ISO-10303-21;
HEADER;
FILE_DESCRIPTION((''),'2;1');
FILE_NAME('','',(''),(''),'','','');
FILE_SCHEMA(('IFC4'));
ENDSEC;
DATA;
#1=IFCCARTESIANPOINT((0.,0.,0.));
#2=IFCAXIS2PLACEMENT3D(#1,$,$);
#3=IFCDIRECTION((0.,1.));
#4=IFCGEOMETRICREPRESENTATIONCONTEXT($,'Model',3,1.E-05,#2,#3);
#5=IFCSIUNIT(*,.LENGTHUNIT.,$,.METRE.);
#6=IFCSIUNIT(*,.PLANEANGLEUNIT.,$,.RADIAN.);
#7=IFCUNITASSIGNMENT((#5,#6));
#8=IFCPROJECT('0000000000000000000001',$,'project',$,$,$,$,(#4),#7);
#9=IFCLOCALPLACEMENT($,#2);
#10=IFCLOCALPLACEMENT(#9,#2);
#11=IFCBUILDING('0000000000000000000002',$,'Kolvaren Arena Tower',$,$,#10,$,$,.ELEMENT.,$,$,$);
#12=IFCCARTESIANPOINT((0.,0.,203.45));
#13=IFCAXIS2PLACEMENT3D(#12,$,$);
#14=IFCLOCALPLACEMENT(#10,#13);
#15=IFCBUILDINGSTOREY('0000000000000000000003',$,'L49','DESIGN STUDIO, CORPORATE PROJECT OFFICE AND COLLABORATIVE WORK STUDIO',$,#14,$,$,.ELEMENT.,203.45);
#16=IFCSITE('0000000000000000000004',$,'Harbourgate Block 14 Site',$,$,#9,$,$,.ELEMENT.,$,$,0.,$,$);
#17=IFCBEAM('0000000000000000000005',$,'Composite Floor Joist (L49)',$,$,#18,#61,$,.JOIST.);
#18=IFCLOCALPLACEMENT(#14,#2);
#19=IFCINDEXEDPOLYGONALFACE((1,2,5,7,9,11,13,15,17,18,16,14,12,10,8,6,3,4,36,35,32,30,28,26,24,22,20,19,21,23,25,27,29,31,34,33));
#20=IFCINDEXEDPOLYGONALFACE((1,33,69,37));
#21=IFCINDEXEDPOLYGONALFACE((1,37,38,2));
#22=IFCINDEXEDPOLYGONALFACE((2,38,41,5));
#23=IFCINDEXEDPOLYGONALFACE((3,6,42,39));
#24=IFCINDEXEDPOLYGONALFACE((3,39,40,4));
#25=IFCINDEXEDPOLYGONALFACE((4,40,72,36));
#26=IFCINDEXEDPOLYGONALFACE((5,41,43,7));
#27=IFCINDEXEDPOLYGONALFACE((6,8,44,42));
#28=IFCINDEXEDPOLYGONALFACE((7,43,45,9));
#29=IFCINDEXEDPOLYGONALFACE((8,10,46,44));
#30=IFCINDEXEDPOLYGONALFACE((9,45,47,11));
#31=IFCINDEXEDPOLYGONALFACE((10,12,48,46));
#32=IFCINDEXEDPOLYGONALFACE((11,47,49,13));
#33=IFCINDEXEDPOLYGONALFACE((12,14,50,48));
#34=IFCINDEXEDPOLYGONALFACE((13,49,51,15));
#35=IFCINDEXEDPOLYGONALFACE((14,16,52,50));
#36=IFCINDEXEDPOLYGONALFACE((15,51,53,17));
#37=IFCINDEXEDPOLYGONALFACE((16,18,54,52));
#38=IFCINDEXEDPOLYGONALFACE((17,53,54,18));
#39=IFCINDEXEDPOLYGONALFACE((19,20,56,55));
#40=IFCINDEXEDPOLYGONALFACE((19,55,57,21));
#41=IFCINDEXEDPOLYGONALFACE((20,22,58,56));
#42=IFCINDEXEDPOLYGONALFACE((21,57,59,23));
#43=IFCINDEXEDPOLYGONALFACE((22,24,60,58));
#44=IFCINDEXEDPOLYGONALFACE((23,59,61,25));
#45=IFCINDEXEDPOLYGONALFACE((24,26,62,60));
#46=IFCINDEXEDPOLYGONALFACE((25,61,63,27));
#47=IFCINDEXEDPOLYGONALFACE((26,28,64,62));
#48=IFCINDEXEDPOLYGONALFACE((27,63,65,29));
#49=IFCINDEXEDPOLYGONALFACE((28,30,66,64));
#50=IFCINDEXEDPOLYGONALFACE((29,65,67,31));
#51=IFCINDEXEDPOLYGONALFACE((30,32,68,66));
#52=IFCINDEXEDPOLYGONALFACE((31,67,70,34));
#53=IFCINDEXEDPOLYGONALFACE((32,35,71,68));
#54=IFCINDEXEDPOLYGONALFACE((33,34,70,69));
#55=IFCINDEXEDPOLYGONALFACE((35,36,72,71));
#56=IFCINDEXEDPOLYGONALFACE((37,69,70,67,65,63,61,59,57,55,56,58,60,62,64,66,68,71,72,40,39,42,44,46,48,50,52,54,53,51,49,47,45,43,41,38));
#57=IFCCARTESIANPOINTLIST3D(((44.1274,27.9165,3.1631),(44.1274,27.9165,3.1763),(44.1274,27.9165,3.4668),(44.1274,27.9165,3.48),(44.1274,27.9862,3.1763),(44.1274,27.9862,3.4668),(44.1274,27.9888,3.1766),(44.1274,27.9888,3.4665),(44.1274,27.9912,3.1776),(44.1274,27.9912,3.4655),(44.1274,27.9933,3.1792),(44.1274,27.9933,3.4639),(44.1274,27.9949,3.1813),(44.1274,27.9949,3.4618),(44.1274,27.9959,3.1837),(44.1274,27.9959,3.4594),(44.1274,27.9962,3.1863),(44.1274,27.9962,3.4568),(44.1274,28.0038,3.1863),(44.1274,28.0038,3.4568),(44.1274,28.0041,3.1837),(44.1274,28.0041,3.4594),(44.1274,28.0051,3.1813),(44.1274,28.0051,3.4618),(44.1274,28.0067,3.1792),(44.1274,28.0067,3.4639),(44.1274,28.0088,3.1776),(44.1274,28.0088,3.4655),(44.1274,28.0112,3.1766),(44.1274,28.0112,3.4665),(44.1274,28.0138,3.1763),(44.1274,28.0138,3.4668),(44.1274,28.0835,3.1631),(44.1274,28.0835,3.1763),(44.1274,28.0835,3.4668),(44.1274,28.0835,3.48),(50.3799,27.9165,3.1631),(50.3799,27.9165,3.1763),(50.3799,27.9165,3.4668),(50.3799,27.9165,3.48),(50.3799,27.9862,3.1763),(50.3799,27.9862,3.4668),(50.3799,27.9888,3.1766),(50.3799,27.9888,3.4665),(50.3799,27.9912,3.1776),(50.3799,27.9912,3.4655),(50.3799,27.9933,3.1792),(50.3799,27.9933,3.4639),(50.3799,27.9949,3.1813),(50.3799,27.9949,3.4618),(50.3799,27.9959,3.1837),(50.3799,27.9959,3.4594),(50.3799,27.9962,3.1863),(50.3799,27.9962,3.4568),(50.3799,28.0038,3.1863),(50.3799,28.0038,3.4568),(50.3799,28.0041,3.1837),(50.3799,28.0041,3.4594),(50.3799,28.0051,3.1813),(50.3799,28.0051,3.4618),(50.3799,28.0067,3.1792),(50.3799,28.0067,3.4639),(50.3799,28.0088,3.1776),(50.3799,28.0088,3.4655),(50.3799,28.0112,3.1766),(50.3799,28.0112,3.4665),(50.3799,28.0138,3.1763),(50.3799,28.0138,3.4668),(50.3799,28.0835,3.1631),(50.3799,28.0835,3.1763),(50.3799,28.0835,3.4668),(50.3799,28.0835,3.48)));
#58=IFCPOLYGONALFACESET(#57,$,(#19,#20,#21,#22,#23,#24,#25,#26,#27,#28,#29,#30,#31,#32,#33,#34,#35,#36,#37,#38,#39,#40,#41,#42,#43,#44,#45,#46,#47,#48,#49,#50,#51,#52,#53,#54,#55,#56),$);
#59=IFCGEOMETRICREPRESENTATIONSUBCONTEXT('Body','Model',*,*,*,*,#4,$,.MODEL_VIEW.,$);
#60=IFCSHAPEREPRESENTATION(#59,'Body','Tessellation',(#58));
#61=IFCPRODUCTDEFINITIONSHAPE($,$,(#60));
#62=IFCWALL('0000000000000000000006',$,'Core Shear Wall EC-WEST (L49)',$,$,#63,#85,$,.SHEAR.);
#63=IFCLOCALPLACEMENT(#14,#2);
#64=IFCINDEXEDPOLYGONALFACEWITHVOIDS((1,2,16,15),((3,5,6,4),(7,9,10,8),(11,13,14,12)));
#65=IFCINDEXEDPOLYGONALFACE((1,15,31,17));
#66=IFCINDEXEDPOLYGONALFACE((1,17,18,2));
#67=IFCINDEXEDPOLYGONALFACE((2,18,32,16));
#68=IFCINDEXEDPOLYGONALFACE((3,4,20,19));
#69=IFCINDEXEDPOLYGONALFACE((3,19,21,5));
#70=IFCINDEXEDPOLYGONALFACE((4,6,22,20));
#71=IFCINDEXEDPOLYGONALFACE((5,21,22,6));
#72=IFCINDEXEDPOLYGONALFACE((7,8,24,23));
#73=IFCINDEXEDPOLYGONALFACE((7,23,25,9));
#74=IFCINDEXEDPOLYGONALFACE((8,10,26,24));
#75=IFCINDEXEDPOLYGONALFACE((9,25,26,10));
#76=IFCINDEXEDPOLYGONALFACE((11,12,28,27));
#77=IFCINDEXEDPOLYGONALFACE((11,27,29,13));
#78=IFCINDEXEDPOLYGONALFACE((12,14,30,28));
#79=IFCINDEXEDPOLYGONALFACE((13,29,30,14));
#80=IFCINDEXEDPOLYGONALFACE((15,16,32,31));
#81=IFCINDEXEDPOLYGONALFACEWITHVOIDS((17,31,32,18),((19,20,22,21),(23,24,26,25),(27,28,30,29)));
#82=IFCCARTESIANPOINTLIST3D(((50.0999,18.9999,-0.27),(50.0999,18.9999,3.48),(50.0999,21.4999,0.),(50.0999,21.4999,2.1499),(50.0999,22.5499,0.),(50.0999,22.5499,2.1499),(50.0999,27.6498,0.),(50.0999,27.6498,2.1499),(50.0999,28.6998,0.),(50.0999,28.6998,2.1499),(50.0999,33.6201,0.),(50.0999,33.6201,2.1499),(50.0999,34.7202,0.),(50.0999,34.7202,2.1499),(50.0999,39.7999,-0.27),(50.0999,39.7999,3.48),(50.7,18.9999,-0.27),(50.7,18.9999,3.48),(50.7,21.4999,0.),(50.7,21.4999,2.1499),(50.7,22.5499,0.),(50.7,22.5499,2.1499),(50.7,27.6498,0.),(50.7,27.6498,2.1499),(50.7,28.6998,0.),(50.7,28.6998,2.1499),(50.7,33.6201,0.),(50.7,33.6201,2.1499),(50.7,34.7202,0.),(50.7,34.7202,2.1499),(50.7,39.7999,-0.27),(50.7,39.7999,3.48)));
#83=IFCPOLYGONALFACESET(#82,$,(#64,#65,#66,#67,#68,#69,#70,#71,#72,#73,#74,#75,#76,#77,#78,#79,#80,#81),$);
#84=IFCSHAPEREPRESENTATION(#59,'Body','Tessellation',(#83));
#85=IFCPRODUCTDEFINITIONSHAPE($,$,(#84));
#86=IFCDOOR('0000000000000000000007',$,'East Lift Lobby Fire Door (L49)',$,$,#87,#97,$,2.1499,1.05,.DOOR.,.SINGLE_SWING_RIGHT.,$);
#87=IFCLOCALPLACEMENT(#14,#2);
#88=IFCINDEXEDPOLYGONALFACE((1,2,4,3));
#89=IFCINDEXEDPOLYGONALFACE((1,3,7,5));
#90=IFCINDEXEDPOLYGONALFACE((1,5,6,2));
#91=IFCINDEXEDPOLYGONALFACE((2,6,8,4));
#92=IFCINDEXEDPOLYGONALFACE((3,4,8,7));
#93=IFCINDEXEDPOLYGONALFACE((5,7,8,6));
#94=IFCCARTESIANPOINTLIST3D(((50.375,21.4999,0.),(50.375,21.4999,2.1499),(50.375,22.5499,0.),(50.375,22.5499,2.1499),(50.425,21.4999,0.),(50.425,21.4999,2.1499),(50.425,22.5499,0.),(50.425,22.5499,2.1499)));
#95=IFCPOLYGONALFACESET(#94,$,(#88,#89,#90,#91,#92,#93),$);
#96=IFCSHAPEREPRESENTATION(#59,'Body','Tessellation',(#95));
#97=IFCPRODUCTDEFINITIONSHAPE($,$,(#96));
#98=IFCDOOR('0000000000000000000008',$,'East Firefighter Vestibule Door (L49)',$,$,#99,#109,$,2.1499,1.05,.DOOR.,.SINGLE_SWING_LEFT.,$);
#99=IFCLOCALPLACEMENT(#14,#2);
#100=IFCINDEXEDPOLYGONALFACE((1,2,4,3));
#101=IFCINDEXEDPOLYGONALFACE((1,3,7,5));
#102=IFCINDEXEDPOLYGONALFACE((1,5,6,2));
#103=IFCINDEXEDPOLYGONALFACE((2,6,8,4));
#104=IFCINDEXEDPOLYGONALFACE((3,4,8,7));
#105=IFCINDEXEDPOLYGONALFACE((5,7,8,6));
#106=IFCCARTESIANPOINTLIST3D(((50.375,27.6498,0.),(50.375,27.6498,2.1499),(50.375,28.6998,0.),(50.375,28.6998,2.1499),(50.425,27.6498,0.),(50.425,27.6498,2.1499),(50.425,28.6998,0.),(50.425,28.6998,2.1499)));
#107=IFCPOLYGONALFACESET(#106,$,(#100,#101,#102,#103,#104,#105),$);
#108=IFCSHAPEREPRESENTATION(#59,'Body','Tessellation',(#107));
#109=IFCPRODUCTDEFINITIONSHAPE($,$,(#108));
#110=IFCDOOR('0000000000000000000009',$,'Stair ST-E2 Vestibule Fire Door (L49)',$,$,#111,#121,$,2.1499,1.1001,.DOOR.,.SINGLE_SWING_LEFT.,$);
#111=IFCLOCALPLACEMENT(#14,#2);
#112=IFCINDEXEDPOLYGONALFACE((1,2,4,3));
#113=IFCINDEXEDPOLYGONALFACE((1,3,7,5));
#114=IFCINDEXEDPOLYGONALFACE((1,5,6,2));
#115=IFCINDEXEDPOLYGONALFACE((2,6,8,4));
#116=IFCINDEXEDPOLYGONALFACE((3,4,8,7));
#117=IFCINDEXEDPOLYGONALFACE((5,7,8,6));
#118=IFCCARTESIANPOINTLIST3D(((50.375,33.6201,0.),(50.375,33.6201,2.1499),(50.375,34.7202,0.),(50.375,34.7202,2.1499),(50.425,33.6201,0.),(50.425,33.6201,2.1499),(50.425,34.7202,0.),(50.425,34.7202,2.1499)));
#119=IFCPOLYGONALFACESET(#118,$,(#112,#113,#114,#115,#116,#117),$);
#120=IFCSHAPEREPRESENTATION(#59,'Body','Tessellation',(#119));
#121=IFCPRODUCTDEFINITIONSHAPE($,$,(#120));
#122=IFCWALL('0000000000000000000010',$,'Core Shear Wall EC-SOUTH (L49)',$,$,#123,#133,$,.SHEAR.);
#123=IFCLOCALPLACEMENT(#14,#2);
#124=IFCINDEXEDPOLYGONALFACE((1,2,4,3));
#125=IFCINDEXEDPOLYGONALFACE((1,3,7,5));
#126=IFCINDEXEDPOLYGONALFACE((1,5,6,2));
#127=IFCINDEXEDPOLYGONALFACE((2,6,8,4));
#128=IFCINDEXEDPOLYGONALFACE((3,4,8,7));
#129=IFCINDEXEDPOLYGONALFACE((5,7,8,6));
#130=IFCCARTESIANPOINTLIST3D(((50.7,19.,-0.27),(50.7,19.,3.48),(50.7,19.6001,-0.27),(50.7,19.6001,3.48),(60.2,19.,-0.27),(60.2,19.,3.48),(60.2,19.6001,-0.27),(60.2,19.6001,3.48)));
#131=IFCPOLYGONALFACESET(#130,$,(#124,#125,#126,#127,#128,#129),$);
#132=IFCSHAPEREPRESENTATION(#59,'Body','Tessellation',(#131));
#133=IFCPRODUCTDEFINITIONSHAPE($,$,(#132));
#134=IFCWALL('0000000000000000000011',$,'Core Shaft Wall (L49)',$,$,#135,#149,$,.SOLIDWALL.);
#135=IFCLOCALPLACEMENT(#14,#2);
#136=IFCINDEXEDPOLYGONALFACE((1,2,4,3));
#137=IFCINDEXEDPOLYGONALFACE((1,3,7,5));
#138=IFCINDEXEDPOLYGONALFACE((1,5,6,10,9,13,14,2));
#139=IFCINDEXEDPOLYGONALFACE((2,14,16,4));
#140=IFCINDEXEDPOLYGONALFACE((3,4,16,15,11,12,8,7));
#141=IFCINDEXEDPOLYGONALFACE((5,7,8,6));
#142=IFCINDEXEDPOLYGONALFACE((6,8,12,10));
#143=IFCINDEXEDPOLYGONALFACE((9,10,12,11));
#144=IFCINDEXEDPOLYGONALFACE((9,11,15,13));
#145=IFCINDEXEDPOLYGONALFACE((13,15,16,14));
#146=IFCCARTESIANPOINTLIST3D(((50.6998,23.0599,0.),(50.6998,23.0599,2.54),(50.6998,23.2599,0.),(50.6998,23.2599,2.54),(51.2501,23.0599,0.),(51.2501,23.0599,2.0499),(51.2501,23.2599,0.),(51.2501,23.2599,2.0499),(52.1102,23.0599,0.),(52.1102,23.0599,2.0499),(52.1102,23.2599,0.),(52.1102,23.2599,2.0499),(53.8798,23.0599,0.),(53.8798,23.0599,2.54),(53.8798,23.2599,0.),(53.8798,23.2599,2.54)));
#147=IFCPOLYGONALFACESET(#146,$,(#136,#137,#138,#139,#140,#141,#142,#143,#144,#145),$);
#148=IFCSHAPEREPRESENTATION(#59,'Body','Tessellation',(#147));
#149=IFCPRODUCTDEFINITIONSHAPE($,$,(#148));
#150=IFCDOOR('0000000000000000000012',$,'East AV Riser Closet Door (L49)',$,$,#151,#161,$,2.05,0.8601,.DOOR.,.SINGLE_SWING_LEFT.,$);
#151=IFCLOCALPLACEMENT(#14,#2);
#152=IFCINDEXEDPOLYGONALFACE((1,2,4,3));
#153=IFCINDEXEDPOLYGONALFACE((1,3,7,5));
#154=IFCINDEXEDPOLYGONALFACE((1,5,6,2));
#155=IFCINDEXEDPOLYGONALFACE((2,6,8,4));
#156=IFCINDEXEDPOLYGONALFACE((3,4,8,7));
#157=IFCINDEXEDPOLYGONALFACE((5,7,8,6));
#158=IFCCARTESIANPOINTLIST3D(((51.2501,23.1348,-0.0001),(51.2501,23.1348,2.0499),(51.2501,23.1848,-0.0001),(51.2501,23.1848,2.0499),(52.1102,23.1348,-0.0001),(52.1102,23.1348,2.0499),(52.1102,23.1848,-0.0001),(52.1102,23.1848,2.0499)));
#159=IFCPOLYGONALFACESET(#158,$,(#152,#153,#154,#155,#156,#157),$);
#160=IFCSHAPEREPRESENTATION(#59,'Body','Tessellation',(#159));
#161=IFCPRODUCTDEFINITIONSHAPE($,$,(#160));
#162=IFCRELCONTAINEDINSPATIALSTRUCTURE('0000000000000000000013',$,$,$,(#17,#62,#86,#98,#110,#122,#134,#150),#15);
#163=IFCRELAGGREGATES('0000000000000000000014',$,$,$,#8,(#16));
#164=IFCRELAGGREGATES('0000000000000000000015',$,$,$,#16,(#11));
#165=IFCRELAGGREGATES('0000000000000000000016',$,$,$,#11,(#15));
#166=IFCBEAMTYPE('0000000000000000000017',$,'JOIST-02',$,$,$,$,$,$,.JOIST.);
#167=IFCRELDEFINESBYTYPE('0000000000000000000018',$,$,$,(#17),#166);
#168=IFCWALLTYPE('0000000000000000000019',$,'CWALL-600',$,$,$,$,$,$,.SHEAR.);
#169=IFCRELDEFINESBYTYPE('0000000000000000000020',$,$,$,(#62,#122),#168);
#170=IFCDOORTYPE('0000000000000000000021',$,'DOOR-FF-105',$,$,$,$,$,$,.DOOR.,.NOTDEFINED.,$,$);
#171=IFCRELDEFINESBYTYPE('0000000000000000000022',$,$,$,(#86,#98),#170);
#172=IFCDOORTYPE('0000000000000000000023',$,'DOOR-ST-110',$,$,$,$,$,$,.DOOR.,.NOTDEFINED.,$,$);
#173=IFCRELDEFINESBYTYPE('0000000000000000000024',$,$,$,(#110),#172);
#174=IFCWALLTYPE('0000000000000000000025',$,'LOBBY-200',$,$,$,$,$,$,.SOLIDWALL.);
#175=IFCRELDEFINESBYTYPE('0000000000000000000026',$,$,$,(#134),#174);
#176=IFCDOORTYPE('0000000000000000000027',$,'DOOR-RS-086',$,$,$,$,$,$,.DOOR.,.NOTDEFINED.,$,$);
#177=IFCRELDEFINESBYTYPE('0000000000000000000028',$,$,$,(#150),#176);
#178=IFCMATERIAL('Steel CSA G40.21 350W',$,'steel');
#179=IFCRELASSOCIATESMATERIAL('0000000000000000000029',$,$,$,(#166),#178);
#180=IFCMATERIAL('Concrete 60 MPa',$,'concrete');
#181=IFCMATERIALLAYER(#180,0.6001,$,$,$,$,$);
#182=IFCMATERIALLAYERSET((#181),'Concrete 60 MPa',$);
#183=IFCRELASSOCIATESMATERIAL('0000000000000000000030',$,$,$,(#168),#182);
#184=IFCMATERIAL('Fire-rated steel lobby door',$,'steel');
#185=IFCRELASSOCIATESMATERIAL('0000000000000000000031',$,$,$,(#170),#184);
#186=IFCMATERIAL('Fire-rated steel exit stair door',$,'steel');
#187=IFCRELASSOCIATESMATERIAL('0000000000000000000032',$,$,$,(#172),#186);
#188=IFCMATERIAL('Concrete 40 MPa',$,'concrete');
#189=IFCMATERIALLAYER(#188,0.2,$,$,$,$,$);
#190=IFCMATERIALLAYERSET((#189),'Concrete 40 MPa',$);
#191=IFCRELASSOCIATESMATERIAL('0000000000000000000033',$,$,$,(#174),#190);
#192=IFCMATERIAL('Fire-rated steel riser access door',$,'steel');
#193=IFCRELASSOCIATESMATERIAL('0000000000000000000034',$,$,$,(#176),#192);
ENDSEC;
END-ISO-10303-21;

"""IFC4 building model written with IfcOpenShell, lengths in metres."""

from ifc_helpers import new_model, si_unit, direction, frame, frame_2d, origin, origin_2d, place, context, subcontext, project, spatial, rectangle, i_section, extrude, material, layer, layer_set, material_profile, profile_set, type_object, element, fill, save


model = new_model("IFC4")

# Units and contexts
model_context = context("Model", 3, precision=1e-05, world=origin(), true_north=direction((0.0, 1.0)))
body_context = subcontext(model_context, "Body", "Model", "MODEL_VIEW")
ifc_project = project(units=[si_unit("LENGTHUNIT", "METRE"), si_unit("PLANEANGLEUNIT", "RADIAN")], contexts=[model_context])

# Site, building, storey
site_placement = place(None, origin())
site = spatial("IfcSite", under=ifc_project, at=site_placement, Name="Harbourgate Block 14 Site", CompositionType="ELEMENT", RefElevation=0.0)
building_placement = place(site_placement, origin())
building = spatial("IfcBuilding", under=site, at=building_placement, Name="Kolvaren Arena Tower", CompositionType="ELEMENT")
storey_placement = place(building_placement, frame((0.0, 0.0, 203.45)))
storey = spatial("IfcBuildingStorey", under=building, at=storey_placement, Name="L49", Description="DESIGN STUDIO, CORPORATE PROJECT OFFICE AND COLLABORATIVE WORK STUDIO", CompositionType="ELEMENT", Elevation=203.45)

# Beam
ifc_material_1 = material(Name="Steel CSA G40.21 350W", Category="steel")
ifc_material_profile_1 = material_profile(ifc_material_1, i_section(OverallWidth=0.167, OverallDepth=0.3169, WebThickness=0.0076, FlangeThickness=0.0132, FilletRadius=0.01, at=origin_2d()), Name="W310x52")
ifc_profile_set_1 = profile_set([ifc_material_profile_1], Name="Steel CSA G40.21 350W")
beam_type_1 = type_object("IfcBeamType", Name="JOIST-02", PredefinedType="JOIST", material=ifc_profile_set_1)
beam_1_placement = place(storey_placement, frame((44.1274, 28.0, 3.3215), z_axis=(1.0, 0.0, 0.0), x_axis=(0.0, 1.0, 0.0)))
element("IfcBeam", 1, at=beam_1_placement, inside=storey, type_object=beam_type_1, Name="Composite Floor Joist (L49)", PredefinedType="JOIST", context=body_context, shape_type="SweptSolid", body=[
    extrude(i_section(OverallWidth=0.167, OverallDepth=0.3169, WebThickness=0.0076, FlangeThickness=0.0132, FilletRadius=0.01, at=origin_2d()), origin(), (0.0, 0.0, 1.0), 6.2524),
])

# Wall, openings, doors
ifc_material_2 = material(Name="Concrete 60 MPa", Category="concrete")
ifc_layer_1 = layer(ifc_material_2, 0.6001)
ifc_layer_set_1 = layer_set([ifc_layer_1], Name="Concrete 60 MPa")
wall_type_1 = type_object("IfcWallType", Name="CWALL-600", PredefinedType="SHEAR", material=ifc_layer_set_1)
wall_1_placement = place(storey_placement, frame((50.3999, 19.0, -0.27), z_axis=(0.0, 0.0, 1.0), x_axis=(0.0, 1.0, 0.0)))
wall_1 = element("IfcWall", 2, at=wall_1_placement, inside=storey, type_object=wall_type_1, Name="Core Shear Wall EC-WEST (L49)", PredefinedType="SHEAR", context=body_context, shape_type="SweptSolid", body=[
    extrude(rectangle(XDim=20.8, YDim=0.6001, at=frame_2d((10.3999, 0.0))), origin(), (0.0, 0.0, 1.0), 3.75),
])
opening_1_placement = place(wall_1_placement, frame((2.5, 0.0, 0.27)))
opening_1 = element("IfcOpeningElement", 3, at=opening_1_placement, cuts=wall_1, PredefinedType="OPENING", context=body_context, shape_type="SweptSolid", body=[
    extrude(rectangle(XDim=1.05, YDim=2.1499, at=frame_2d((0.5249, 1.075))), frame((0.0, 0.3101, 0.0), z_axis=(0.0, -1.0, 0.0), x_axis=(1.0, 0.0, 0.0)), (0.0, 0.0, 1.0), 0.6201),
])
opening_2_placement = place(wall_1_placement, frame((8.6499, 0.0, 0.27)))
opening_2 = element("IfcOpeningElement", 4, at=opening_2_placement, cuts=wall_1, PredefinedType="OPENING", context=body_context, shape_type="SweptSolid", body=[
    extrude(rectangle(XDim=1.05, YDim=2.1499, at=frame_2d((0.5249, 1.075))), frame((0.0, 0.3101, 0.0), z_axis=(0.0, -1.0, 0.0), x_axis=(1.0, 0.0, 0.0)), (0.0, 0.0, 1.0), 0.6201),
])
opening_3_placement = place(wall_1_placement, frame((14.6201, 0.0, 0.27)))
opening_3 = element("IfcOpeningElement", 5, at=opening_3_placement, cuts=wall_1, PredefinedType="OPENING", context=body_context, shape_type="SweptSolid", body=[
    extrude(rectangle(XDim=1.1001, YDim=2.1499, at=frame_2d((0.55, 1.075))), frame((0.0, 0.3101, 0.0), z_axis=(0.0, -1.0, 0.0), x_axis=(1.0, 0.0, 0.0)), (0.0, 0.0, 1.0), 0.6201),
])
ifc_material_3 = material(Name="Fire-rated steel lobby door", Category="steel")
door_type_1 = type_object("IfcDoorType", Name="DOOR-FF-105", OperationType="NOTDEFINED", PredefinedType="DOOR", material=ifc_material_3)
door_1_placement = place(opening_1_placement, origin())
door_1 = element("IfcDoor", 6, at=door_1_placement, inside=storey, type_object=door_type_1, Name="East Lift Lobby Fire Door (L49)", OperationType="SINGLE_SWING_RIGHT", OverallHeight=2.1499, OverallWidth=1.05, PredefinedType="DOOR", context=body_context, shape_type="SweptSolid", body=[
    extrude(rectangle(XDim=1.05, YDim=2.1499, at=frame_2d((0.5249, 1.075))), frame((0.0, 0.0249, 0.0), z_axis=(0.0, -1.0, 0.0), x_axis=(1.0, 0.0, 0.0)), (0.0, 0.0, 1.0), 0.05),
])
fill(opening_1, door_1)
door_2_placement = place(opening_2_placement, origin())
door_2 = element("IfcDoor", 7, at=door_2_placement, inside=storey, type_object=door_type_1, Name="East Firefighter Vestibule Door (L49)", OperationType="SINGLE_SWING_LEFT", OverallHeight=2.1499, OverallWidth=1.05, PredefinedType="DOOR", context=body_context, shape_type="SweptSolid", body=[
    extrude(rectangle(XDim=1.05, YDim=2.1499, at=frame_2d((0.5249, 1.075))), frame((0.0, 0.0249, 0.0), z_axis=(0.0, -1.0, 0.0), x_axis=(1.0, 0.0, 0.0)), (0.0, 0.0, 1.0), 0.05),
])
fill(opening_2, door_2)
ifc_material_4 = material(Name="Fire-rated steel exit stair door", Category="steel")
door_type_2 = type_object("IfcDoorType", Name="DOOR-ST-110", OperationType="NOTDEFINED", PredefinedType="DOOR", material=ifc_material_4)
door_3_placement = place(opening_3_placement, origin())
door_3 = element("IfcDoor", 8, at=door_3_placement, inside=storey, type_object=door_type_2, Name="Stair ST-E2 Vestibule Fire Door (L49)", OperationType="SINGLE_SWING_LEFT", OverallHeight=2.1499, OverallWidth=1.1001, PredefinedType="DOOR", context=body_context, shape_type="SweptSolid", body=[
    extrude(rectangle(XDim=1.1001, YDim=2.1499, at=frame_2d((0.55, 1.075))), frame((0.0, 0.0249, 0.0), z_axis=(0.0, -1.0, 0.0), x_axis=(1.0, 0.0, 0.0)), (0.0, 0.0, 1.0), 0.05),
])
fill(opening_3, door_3)

# Wall
wall_2_placement = place(storey_placement, frame((50.7, 19.3, -0.27), z_axis=(0.0, 0.0, 1.0), x_axis=(1.0, 0.0, 0.0)))
element("IfcWall", 9, at=wall_2_placement, inside=storey, type_object=wall_type_1, Name="Core Shear Wall EC-SOUTH (L49)", PredefinedType="SHEAR", context=body_context, shape_type="SweptSolid", body=[
    extrude(rectangle(XDim=9.5, YDim=0.6001, at=frame_2d((4.75, 0.0))), origin(), (0.0, 0.0, 1.0), 3.75),
])

# Shared definitions
ifc_material_5 = material(Name="Concrete 40 MPa", Category="concrete")
ifc_layer_2 = layer(ifc_material_5, 0.2)
ifc_layer_set_2 = layer_set([ifc_layer_2], Name="Concrete 40 MPa")
wall_type_2 = type_object("IfcWallType", Name="LOBBY-200", PredefinedType="SOLIDWALL", material=ifc_layer_set_2)

# Wall, opening, door
wall_3_placement = place(storey_placement, frame((50.7, 23.1599, 0.0), z_axis=(0.0, 0.0, 1.0), x_axis=(1.0, 0.0, 0.0)))
wall_3 = element("IfcWall", 10, at=wall_3_placement, inside=storey, type_object=wall_type_2, Name="Core Shaft Wall (L49)", PredefinedType="SOLIDWALL", context=body_context, shape_type="SweptSolid", body=[
    extrude(rectangle(XDim=3.1799, YDim=0.2, at=frame_2d((1.5898, 0.0))), origin(), (0.0, 0.0, 1.0), 2.54),
])
opening_4_placement = place(wall_3_placement, frame((0.55, 0.0, 0.0)))
opening_4 = element("IfcOpeningElement", 11, at=opening_4_placement, cuts=wall_3, PredefinedType="OPENING", context=body_context, shape_type="SweptSolid", body=[
    extrude(rectangle(XDim=0.8601, YDim=2.05, at=frame_2d((0.4302, 1.0249))), frame((0.0, 0.1099, 0.0), z_axis=(0.0, -1.0, 0.0), x_axis=(1.0, 0.0, 0.0)), (0.0, 0.0, 1.0), 0.22),
])
ifc_material_6 = material(Name="Fire-rated steel riser access door", Category="steel")
door_type_3 = type_object("IfcDoorType", Name="DOOR-RS-086", OperationType="NOTDEFINED", PredefinedType="DOOR", material=ifc_material_6)
door_4_placement = place(opening_4_placement, origin())
door_4 = element("IfcDoor", 12, at=door_4_placement, inside=storey, type_object=door_type_3, Name="East AV Riser Closet Door (L49)", OperationType="SINGLE_SWING_LEFT", OverallHeight=2.05, OverallWidth=0.8601, PredefinedType="DOOR", context=body_context, shape_type="SweptSolid", body=[
    extrude(rectangle(XDim=0.8601, YDim=2.05, at=frame_2d((0.4302, 1.0249))), frame((0.0, 0.0249, 0.0), z_axis=(0.0, -1.0, 0.0), x_axis=(1.0, 0.0, 0.0)), (0.0, 0.0, 1.0), 0.05),
])
fill(opening_4, door_4)

save(model, "model.ifc")
